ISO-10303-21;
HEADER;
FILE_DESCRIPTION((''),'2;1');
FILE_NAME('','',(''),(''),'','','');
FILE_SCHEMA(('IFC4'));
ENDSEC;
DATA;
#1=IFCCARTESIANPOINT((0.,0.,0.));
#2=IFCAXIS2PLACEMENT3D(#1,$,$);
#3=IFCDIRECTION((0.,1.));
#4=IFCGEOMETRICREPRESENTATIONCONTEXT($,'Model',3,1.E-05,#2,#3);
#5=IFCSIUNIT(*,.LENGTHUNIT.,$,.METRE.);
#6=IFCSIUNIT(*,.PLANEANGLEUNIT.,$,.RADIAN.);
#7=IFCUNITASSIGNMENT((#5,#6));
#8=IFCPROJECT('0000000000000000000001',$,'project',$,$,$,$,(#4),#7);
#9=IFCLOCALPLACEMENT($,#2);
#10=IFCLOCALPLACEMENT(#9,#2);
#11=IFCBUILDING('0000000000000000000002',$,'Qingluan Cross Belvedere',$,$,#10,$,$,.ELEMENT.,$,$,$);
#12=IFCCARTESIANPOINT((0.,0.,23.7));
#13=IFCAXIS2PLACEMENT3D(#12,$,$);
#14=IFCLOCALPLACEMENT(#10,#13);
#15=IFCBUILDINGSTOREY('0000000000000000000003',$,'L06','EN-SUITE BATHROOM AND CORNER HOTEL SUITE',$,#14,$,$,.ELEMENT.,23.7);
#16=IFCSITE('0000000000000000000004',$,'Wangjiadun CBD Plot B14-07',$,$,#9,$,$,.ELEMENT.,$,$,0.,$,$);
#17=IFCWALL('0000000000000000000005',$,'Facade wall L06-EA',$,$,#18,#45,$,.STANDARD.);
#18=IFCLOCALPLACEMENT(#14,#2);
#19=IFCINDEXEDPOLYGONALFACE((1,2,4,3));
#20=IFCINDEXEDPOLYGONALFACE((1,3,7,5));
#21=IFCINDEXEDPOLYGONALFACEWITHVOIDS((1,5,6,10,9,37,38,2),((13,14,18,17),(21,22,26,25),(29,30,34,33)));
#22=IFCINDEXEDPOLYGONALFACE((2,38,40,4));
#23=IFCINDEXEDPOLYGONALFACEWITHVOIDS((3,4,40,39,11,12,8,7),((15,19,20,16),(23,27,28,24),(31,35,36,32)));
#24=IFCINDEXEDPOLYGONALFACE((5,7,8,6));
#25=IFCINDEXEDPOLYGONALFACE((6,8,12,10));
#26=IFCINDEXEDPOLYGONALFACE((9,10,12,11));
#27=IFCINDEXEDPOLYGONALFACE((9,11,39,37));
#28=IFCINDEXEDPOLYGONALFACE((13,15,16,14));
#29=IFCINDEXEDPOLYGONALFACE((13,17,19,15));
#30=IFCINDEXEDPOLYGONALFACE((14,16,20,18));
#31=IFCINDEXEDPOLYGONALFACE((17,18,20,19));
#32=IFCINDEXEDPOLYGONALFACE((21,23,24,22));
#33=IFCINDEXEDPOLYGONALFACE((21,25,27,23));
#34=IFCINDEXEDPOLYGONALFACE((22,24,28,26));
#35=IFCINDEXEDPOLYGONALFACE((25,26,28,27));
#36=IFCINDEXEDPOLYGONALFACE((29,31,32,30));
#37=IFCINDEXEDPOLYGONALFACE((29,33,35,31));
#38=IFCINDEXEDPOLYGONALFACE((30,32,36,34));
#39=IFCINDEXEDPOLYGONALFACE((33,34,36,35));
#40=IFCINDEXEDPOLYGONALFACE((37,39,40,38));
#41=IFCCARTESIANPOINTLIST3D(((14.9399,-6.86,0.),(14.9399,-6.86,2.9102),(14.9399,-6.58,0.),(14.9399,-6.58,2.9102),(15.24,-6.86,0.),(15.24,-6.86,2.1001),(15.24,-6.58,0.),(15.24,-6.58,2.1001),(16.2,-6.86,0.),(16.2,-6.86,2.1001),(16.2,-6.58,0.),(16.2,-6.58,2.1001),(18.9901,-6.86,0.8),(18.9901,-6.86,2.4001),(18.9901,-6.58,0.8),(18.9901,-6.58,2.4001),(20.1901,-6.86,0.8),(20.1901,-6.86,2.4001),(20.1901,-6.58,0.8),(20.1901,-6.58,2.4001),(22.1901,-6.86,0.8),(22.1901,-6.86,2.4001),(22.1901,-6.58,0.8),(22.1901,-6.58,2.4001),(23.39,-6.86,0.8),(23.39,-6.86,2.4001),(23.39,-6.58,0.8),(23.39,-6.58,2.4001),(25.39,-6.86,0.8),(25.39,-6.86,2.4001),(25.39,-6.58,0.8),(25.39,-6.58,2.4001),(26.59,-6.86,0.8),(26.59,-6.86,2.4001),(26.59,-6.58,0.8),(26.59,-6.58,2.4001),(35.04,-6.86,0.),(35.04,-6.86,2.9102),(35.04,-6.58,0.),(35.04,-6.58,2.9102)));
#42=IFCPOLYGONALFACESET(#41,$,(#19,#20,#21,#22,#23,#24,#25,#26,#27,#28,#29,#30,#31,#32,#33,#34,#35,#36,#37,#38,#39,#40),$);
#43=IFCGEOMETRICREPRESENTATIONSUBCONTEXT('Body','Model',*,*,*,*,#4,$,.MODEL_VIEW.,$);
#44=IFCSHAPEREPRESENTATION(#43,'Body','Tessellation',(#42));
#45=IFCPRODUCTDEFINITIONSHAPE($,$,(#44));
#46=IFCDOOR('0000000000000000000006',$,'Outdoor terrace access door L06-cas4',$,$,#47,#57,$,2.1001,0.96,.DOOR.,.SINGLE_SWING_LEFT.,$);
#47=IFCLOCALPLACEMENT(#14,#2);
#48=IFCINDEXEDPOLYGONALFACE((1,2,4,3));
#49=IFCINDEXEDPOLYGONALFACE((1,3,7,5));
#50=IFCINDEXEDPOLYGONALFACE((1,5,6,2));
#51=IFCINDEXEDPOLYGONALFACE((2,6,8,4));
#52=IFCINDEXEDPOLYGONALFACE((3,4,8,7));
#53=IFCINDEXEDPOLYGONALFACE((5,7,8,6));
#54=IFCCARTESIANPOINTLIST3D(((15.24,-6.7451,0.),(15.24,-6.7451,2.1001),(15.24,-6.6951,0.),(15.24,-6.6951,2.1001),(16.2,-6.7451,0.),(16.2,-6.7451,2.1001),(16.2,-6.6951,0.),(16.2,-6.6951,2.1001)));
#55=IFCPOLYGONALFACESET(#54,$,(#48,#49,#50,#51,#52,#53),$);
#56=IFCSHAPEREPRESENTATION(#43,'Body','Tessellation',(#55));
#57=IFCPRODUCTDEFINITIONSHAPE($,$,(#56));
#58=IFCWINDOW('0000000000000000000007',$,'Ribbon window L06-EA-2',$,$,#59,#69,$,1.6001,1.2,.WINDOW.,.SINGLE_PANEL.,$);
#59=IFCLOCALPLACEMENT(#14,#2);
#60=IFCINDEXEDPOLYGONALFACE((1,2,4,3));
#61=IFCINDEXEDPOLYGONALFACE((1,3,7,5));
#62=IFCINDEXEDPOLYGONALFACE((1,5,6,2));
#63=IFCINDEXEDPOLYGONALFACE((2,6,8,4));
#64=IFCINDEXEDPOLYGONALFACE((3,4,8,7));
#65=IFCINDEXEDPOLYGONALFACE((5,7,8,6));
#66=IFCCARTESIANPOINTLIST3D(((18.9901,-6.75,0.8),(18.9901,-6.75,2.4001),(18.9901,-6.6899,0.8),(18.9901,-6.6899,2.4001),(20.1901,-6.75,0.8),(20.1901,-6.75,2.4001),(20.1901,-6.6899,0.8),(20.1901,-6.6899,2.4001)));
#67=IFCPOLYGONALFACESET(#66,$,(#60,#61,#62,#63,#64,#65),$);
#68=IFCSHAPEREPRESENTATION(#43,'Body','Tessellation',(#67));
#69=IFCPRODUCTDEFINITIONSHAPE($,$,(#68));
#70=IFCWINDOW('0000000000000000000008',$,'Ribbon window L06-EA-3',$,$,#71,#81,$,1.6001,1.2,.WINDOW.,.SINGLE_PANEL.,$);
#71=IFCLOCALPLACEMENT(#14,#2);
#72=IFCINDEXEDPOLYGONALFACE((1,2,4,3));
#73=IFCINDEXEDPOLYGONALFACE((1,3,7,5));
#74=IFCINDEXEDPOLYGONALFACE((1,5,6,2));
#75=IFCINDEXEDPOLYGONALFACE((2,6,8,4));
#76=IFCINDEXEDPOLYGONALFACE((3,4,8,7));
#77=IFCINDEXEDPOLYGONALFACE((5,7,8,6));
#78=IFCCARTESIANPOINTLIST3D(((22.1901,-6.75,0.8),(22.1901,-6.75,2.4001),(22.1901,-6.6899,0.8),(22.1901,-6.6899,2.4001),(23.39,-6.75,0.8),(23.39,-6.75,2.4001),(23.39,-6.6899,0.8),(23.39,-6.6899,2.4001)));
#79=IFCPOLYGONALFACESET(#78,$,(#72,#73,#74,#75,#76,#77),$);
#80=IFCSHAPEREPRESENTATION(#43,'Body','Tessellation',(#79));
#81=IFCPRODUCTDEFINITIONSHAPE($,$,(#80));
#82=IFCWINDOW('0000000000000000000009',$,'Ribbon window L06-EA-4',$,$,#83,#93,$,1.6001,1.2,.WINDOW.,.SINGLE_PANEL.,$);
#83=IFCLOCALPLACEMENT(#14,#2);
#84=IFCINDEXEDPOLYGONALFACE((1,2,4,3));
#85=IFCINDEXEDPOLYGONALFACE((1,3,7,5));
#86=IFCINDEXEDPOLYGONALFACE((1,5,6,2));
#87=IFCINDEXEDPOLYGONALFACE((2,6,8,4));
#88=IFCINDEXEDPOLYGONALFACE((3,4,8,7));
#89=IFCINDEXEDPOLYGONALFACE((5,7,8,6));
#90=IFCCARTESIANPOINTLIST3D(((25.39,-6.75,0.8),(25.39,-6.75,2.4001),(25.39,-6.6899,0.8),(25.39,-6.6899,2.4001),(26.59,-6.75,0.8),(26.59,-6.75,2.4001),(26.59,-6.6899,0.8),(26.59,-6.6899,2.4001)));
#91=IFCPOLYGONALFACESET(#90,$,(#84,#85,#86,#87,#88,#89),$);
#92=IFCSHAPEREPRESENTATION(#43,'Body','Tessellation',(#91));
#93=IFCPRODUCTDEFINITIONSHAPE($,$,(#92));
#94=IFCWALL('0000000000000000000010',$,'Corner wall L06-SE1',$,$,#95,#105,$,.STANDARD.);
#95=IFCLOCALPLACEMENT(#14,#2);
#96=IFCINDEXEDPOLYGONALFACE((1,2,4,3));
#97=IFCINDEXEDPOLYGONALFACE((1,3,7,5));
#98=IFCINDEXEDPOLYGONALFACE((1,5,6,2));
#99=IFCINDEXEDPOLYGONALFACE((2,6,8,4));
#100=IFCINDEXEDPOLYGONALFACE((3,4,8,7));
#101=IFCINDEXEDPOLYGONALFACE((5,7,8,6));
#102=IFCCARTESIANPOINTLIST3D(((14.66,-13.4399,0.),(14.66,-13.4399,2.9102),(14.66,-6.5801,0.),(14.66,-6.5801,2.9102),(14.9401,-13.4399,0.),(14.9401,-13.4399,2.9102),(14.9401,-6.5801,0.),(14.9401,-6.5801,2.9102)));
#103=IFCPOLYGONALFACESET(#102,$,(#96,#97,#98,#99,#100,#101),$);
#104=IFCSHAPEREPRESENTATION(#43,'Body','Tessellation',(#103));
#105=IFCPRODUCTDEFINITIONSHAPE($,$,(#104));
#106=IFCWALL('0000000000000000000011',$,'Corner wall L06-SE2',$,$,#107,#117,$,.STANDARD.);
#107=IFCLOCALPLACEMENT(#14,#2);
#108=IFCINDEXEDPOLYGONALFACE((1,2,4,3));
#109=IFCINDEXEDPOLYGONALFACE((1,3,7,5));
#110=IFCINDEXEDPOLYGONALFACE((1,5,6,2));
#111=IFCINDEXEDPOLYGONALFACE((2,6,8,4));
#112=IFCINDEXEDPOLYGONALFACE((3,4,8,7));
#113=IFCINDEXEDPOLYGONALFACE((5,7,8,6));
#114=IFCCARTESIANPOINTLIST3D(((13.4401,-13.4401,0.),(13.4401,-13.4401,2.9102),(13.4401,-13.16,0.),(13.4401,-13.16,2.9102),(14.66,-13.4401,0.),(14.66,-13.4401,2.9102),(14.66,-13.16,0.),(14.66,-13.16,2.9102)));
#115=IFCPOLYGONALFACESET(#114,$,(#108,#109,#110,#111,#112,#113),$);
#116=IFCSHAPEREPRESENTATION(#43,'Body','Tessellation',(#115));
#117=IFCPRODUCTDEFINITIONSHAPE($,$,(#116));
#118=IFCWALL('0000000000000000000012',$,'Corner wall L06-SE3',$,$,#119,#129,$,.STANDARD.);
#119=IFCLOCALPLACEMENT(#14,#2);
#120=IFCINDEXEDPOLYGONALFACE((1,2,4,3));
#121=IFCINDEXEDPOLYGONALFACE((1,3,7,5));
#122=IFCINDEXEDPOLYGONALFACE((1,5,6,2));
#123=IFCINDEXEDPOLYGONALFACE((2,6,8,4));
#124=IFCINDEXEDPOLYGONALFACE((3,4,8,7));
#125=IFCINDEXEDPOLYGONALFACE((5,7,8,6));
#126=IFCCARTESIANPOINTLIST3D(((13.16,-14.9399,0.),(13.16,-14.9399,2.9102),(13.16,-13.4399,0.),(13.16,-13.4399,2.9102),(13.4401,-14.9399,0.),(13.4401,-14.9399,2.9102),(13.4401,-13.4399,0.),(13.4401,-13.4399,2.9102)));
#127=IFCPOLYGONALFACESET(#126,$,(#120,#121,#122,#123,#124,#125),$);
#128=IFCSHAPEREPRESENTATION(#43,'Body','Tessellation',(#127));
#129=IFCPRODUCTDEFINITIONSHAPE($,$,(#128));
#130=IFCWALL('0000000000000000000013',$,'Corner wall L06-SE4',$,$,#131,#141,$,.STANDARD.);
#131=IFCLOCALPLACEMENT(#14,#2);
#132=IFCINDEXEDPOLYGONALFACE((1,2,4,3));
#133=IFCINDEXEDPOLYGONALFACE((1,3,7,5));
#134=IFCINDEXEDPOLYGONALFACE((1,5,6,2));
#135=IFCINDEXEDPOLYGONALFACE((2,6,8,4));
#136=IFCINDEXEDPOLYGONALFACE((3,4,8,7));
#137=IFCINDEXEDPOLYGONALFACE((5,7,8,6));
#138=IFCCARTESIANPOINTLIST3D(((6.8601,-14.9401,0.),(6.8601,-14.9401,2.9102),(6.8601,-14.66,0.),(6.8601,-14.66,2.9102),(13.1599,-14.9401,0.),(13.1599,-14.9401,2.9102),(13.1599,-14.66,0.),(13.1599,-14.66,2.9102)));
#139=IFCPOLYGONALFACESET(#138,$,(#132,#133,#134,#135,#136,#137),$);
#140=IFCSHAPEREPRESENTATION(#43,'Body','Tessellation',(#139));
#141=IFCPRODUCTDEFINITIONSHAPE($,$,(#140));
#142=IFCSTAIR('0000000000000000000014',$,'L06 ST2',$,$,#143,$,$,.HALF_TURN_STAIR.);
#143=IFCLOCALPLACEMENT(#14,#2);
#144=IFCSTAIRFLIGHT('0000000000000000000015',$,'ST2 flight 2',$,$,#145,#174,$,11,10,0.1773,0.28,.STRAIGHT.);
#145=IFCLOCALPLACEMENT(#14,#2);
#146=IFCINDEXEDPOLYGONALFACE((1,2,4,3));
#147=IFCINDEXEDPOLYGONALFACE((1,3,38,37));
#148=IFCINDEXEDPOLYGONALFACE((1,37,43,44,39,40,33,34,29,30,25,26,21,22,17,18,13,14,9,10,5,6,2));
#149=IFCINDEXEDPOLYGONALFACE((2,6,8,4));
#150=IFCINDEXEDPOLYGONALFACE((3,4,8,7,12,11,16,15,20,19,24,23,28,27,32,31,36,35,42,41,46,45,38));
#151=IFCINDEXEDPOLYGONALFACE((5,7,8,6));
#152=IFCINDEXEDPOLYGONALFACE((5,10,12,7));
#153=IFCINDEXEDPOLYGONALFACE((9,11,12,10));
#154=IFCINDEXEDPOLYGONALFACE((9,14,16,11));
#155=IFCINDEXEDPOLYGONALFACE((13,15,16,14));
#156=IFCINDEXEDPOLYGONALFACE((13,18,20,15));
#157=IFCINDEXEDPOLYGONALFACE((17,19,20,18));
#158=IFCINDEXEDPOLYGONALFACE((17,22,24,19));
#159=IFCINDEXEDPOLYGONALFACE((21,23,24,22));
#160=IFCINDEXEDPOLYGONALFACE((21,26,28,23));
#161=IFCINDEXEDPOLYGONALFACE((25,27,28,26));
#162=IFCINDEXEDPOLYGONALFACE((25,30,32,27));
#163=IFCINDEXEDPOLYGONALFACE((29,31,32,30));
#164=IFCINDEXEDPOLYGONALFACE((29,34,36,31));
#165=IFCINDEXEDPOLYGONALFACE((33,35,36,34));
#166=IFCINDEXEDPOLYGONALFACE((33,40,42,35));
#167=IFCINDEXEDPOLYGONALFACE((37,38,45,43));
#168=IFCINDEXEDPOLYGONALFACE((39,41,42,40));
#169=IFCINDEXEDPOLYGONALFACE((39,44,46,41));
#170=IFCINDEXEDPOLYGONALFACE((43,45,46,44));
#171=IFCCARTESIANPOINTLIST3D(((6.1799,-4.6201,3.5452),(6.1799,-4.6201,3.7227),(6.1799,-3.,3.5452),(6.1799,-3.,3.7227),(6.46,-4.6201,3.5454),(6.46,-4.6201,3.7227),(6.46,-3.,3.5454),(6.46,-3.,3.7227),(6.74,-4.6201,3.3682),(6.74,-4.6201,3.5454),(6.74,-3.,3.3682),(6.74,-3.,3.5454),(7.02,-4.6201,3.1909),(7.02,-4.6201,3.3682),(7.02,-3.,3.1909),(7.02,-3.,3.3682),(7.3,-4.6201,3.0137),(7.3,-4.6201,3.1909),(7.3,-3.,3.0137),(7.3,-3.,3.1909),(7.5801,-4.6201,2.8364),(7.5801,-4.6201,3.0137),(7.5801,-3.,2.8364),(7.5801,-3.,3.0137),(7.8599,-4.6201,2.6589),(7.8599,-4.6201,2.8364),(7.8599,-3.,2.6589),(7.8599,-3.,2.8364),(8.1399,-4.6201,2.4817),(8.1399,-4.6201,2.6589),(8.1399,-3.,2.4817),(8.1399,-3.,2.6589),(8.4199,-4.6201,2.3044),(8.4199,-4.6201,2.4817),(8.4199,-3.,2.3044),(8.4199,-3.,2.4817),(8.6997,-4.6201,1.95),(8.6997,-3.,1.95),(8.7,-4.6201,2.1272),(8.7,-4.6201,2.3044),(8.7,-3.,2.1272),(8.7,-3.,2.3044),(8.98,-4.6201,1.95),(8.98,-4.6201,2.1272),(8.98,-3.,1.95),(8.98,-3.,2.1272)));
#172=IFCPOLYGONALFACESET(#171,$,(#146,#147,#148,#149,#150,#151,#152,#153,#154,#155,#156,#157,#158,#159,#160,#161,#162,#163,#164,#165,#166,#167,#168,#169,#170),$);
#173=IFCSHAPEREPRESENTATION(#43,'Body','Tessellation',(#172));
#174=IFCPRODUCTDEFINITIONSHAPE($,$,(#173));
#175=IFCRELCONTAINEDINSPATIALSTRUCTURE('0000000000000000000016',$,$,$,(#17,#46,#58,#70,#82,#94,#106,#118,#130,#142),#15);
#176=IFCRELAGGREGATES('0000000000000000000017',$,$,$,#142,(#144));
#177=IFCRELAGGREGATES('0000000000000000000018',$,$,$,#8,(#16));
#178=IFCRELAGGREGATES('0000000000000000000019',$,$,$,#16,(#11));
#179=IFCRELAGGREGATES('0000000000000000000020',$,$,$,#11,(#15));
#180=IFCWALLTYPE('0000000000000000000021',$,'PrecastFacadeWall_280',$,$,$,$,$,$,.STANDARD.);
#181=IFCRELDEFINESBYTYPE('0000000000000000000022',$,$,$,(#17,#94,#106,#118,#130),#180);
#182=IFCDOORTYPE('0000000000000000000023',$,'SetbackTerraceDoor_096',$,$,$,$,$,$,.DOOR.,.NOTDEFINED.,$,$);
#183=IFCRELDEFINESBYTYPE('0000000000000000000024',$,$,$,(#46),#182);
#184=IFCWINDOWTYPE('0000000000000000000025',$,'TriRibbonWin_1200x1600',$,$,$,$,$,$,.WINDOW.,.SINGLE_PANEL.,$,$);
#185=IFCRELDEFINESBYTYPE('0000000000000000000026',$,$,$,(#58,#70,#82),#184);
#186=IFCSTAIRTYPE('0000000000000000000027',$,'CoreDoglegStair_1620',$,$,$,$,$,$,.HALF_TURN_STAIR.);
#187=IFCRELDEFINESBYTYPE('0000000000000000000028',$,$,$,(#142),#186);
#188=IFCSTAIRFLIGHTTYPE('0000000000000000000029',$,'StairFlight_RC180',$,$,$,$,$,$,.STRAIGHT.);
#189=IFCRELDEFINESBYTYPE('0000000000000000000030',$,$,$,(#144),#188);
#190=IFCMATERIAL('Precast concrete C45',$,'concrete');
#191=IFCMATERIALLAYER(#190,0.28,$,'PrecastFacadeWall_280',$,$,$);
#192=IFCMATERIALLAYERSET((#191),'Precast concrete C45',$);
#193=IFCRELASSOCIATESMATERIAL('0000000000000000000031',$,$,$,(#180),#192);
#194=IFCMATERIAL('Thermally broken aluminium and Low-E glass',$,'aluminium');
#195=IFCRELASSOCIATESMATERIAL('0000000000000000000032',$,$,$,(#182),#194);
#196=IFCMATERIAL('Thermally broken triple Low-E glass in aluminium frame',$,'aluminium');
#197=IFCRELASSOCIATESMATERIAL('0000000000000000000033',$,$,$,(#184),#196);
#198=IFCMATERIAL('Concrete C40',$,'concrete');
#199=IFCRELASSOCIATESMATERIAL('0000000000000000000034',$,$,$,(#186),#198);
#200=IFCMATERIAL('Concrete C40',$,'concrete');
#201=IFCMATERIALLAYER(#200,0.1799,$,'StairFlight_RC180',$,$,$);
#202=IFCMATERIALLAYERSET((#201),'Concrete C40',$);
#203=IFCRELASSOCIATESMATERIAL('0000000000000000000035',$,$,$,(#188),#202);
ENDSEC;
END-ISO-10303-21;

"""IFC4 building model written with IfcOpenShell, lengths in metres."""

from ifc_helpers import new_model, si_unit, direction, frame, frame_2d, origin, place, context, subcontext, project, spatial, polyline, rectangle, outline, extrude, material, layer, layer_set, type_object, element, fill, aggregate, save


model = new_model("IFC4")

# Units and contexts
model_context = context("Model", 3, precision=1e-05, world=origin(), true_north=direction((0.0, 1.0)))
body_context = subcontext(model_context, "Body", "Model", "MODEL_VIEW")
ifc_project = project(units=[si_unit("LENGTHUNIT", "METRE"), si_unit("PLANEANGLEUNIT", "RADIAN")], contexts=[model_context])

# Site, building, storey
site_placement = place(None, origin())
site = spatial("IfcSite", under=ifc_project, at=site_placement, Name="Wangjiadun CBD Plot B14-07", CompositionType="ELEMENT", RefElevation=0.0)
building_placement = place(site_placement, origin())
building = spatial("IfcBuilding", under=site, at=building_placement, Name="Qingluan Cross Belvedere", CompositionType="ELEMENT")
storey_placement = place(building_placement, frame((0.0, 0.0, 23.7)))
storey = spatial("IfcBuildingStorey", under=building, at=storey_placement, Name="L06", Description="EN-SUITE BATHROOM AND CORNER HOTEL SUITE", CompositionType="ELEMENT", Elevation=23.7)

# Wall, openings, door, windows
ifc_material_1 = material(Name="Precast concrete C45", Category="concrete")
ifc_layer_1 = layer(ifc_material_1, 0.28, Name="PrecastFacadeWall_280")
ifc_layer_set_1 = layer_set([ifc_layer_1], Name="Precast concrete C45")
wall_type_1 = type_object("IfcWallType", Name="PrecastFacadeWall_280", PredefinedType="STANDARD", material=ifc_layer_set_1)
wall_1_placement = place(storey_placement, frame((14.9399, -6.72, 0.0), z_axis=(0.0, 0.0, 1.0), x_axis=(1.0, 0.0, 0.0)))
wall_1 = element("IfcWall", 1, at=wall_1_placement, inside=storey, type_object=wall_type_1, Name="Facade wall L06-EA", PredefinedType="STANDARD", context=body_context, shape_type="SweptSolid", body=[
    extrude(rectangle(XDim=20.1001, YDim=0.28, at=frame_2d((10.05, 0.0))), origin(), (0.0, 0.0, 1.0), 2.9102),
])
opening_1_placement = place(wall_1_placement, frame((4.05, 0.0, 0.8)))
opening_1 = element("IfcOpeningElement", 2, at=opening_1_placement, cuts=wall_1, PredefinedType="OPENING", context=body_context, shape_type="SweptSolid", body=[
    extrude(rectangle(XDim=1.2, YDim=1.6001, at=frame_2d((0.6001, 0.8))), frame((0.0, 0.1499, 0.0), z_axis=(0.0, -1.0, 0.0), x_axis=(1.0, 0.0, 0.0)), (0.0, 0.0, 1.0), 0.3),
])
opening_2_placement = place(wall_1_placement, frame((7.25, 0.0, 0.8)))
opening_2 = element("IfcOpeningElement", 3, at=opening_2_placement, cuts=wall_1, PredefinedType="OPENING", context=body_context, shape_type="SweptSolid", body=[
    extrude(rectangle(XDim=1.2, YDim=1.6001, at=frame_2d((0.6001, 0.8))), frame((0.0, 0.1499, 0.0), z_axis=(0.0, -1.0, 0.0), x_axis=(1.0, 0.0, 0.0)), (0.0, 0.0, 1.0), 0.3),
])
opening_3_placement = place(wall_1_placement, frame((10.45, 0.0, 0.8)))
opening_3 = element("IfcOpeningElement", 4, at=opening_3_placement, cuts=wall_1, PredefinedType="OPENING", context=body_context, shape_type="SweptSolid", body=[
    extrude(rectangle(XDim=1.2, YDim=1.6001, at=frame_2d((0.6001, 0.8))), frame((0.0, 0.1499, 0.0), z_axis=(0.0, -1.0, 0.0), x_axis=(1.0, 0.0, 0.0)), (0.0, 0.0, 1.0), 0.3),
])
opening_4_placement = place(wall_1_placement, frame((0.3, 0.0, 0.0)))
opening_4 = element("IfcOpeningElement", 5, at=opening_4_placement, cuts=wall_1, PredefinedType="OPENING", context=body_context, shape_type="SweptSolid", body=[
    extrude(rectangle(XDim=0.96, YDim=2.1001, at=frame_2d((0.48, 1.05))), frame((0.0, 0.1499, 0.0), z_axis=(0.0, -1.0, 0.0), x_axis=(1.0, 0.0, 0.0)), (0.0, 0.0, 1.0), 0.3),
])
ifc_material_2 = material(Name="Thermally broken aluminium and Low-E glass", Category="aluminium")
door_type = type_object("IfcDoorType", Name="SetbackTerraceDoor_096", OperationType="NOTDEFINED", PredefinedType="DOOR", material=ifc_material_2)
door_placement = place(opening_4_placement, origin())
door = element("IfcDoor", 6, at=door_placement, inside=storey, type_object=door_type, Name="Outdoor terrace access door L06-cas4", OperationType="SINGLE_SWING_LEFT", OverallHeight=2.1001, OverallWidth=0.96, PredefinedType="DOOR", context=body_context, shape_type="SweptSolid", body=[
    extrude(rectangle(XDim=0.96, YDim=2.1001, at=frame_2d((0.48, 1.05))), frame((0.0, 0.0249, 0.0), z_axis=(0.0, -1.0, 0.0), x_axis=(1.0, 0.0, 0.0)), (0.0, 0.0, 1.0), 0.05),
])
fill(opening_4, door)
ifc_material_3 = material(Name="Thermally broken triple Low-E glass in aluminium frame", Category="aluminium")
window_type = type_object("IfcWindowType", Name="TriRibbonWin_1200x1600", PartitioningType="SINGLE_PANEL", PredefinedType="WINDOW", material=ifc_material_3)
window_1_placement = place(opening_1_placement, origin())
window_1 = element("IfcWindow", 7, at=window_1_placement, inside=storey, type_object=window_type, Name="Ribbon window L06-EA-2", OverallHeight=1.6001, OverallWidth=1.2, PartitioningType="SINGLE_PANEL", PredefinedType="WINDOW", context=body_context, shape_type="SweptSolid", body=[
    extrude(rectangle(XDim=1.2, YDim=1.6001, at=frame_2d((0.6001, 0.8))), frame((0.0, 0.03, 0.0), z_axis=(0.0, -1.0, 0.0), x_axis=(1.0, 0.0, 0.0)), (0.0, 0.0, 1.0), 0.0601),
])
fill(opening_1, window_1)
window_2_placement = place(opening_2_placement, origin())
window_2 = element("IfcWindow", 8, at=window_2_placement, inside=storey, type_object=window_type, Name="Ribbon window L06-EA-3", OverallHeight=1.6001, OverallWidth=1.2, PartitioningType="SINGLE_PANEL", PredefinedType="WINDOW", context=body_context, shape_type="SweptSolid", body=[
    extrude(rectangle(XDim=1.2, YDim=1.6001, at=frame_2d((0.6001, 0.8))), frame((0.0, 0.03, 0.0), z_axis=(0.0, -1.0, 0.0), x_axis=(1.0, 0.0, 0.0)), (0.0, 0.0, 1.0), 0.0601),
])
fill(opening_2, window_2)
window_3_placement = place(opening_3_placement, origin())
window_3 = element("IfcWindow", 9, at=window_3_placement, inside=storey, type_object=window_type, Name="Ribbon window L06-EA-4", OverallHeight=1.6001, OverallWidth=1.2, PartitioningType="SINGLE_PANEL", PredefinedType="WINDOW", context=body_context, shape_type="SweptSolid", body=[
    extrude(rectangle(XDim=1.2, YDim=1.6001, at=frame_2d((0.6001, 0.8))), frame((0.0, 0.03, 0.0), z_axis=(0.0, -1.0, 0.0), x_axis=(1.0, 0.0, 0.0)), (0.0, 0.0, 1.0), 0.0601),
])
fill(opening_3, window_3)

# Walls
wall_2_placement = place(storey_placement, frame((14.8, -6.5801, 0.0), z_axis=(0.0, 0.0, 1.0), x_axis=(0.0, -1.0, 0.0)))
element("IfcWall", 10, at=wall_2_placement, inside=storey, type_object=wall_type_1, Name="Corner wall L06-SE1", PredefinedType="STANDARD", context=body_context, shape_type="SweptSolid", body=[
    extrude(rectangle(XDim=6.8599, YDim=0.28, at=frame_2d((3.4299, 0.0))), origin(), (0.0, 0.0, 1.0), 2.9102),
])
wall_3_placement = place(storey_placement, frame((14.6599, -13.3, 0.0), z_axis=(0.0, 0.0, 1.0), x_axis=(-1.0, 0.0, 0.0)))
element("IfcWall", 11, at=wall_3_placement, inside=storey, type_object=wall_type_1, Name="Corner wall L06-SE2", PredefinedType="STANDARD", context=body_context, shape_type="SweptSolid", body=[
    extrude(rectangle(XDim=1.22, YDim=0.28, at=frame_2d((0.6099, 0.0))), origin(), (0.0, 0.0, 1.0), 2.9102),
])
wall_4_placement = place(storey_placement, frame((13.3, -13.4399, 0.0), z_axis=(0.0, 0.0, 1.0), x_axis=(0.0, -1.0, 0.0)))
element("IfcWall", 12, at=wall_4_placement, inside=storey, type_object=wall_type_1, Name="Corner wall L06-SE3", PredefinedType="STANDARD", context=body_context, shape_type="SweptSolid", body=[
    extrude(rectangle(XDim=1.5, YDim=0.28, at=frame_2d((0.75, 0.0))), origin(), (0.0, 0.0, 1.0), 2.9102),
])
wall_5_placement = place(storey_placement, frame((13.1599, -14.8, 0.0), z_axis=(0.0, 0.0, 1.0), x_axis=(-1.0, 0.0, 0.0)))
element("IfcWall", 13, at=wall_5_placement, inside=storey, type_object=wall_type_1, Name="Corner wall L06-SE4", PredefinedType="STANDARD", context=body_context, shape_type="SweptSolid", body=[
    extrude(rectangle(XDim=6.2998, YDim=0.28, at=frame_2d((3.1499, 0.0))), origin(), (0.0, 0.0, 1.0), 2.9102),
])

# Stair, stair flight
ifc_material_4 = material(Name="Concrete C40", Category="concrete")
stair_type = type_object("IfcStairType", Name="CoreDoglegStair_1620", PredefinedType="HALF_TURN_STAIR", material=ifc_material_4)
stair_placement = place(storey_placement, origin())
stair = element("IfcStair", 14, at=stair_placement, inside=storey, type_object=stair_type, Name="L06 ST2", PredefinedType="HALF_TURN_STAIR")
ifc_material_5 = material(Name="Concrete C40", Category="concrete")
ifc_layer_2 = layer(ifc_material_5, 0.1799, Name="StairFlight_RC180")
ifc_layer_set_2 = layer_set([ifc_layer_2], Name="Concrete C40")
stair_flight_type = type_object("IfcStairFlightType", Name="StairFlight_RC180", PredefinedType="STRAIGHT", material=ifc_layer_set_2)
stair_flight_placement = place(storey_placement, frame((8.98, -3.8101, 1.95), z_axis=(0.0, 0.0, 1.0), x_axis=(-1.0, 0.0, 0.0)))
stair_flight = element("IfcStairFlight", 15, at=stair_flight_placement, type_object=stair_flight_type, Name="ST2 flight 2", NumberOfRisers=11, NumberOfTreads=10, PredefinedType="STRAIGHT", RiserHeight=0.1773, TreadLength=0.28, context=body_context, shape_type="SweptSolid", body=[
    extrude(outline(polyline([(0.0, 0.0), (0.0, 0.1772), (0.28, 0.1772), (0.28, 0.3545), (0.5601, 0.3545), (0.5601, 0.5317), (0.8401, 0.5317), (0.8401, 0.709), (1.1201, 0.709), (1.1201, 0.8865), (1.3999, 0.8865), (1.3999, 1.0637), (1.6799, 1.0637), (1.6799, 1.241), (1.96, 1.241), (1.96, 1.4182), (2.24, 1.4182), (2.24, 1.5955), (2.52, 1.5955), (2.52, 1.7727), (2.8, 1.7727), (2.8, 1.95), (2.8, 1.5952), (0.2803, 0.0), (0.0, 0.0)])), frame((0.0, 0.8101, 0.0), z_axis=(0.0, -1.0, 0.0), x_axis=(1.0, 0.0, 0.0)), (0.0, 0.0, 1.0), 1.6201),
])
aggregate(stair, [stair_flight])

save(model, "model.ifc")
